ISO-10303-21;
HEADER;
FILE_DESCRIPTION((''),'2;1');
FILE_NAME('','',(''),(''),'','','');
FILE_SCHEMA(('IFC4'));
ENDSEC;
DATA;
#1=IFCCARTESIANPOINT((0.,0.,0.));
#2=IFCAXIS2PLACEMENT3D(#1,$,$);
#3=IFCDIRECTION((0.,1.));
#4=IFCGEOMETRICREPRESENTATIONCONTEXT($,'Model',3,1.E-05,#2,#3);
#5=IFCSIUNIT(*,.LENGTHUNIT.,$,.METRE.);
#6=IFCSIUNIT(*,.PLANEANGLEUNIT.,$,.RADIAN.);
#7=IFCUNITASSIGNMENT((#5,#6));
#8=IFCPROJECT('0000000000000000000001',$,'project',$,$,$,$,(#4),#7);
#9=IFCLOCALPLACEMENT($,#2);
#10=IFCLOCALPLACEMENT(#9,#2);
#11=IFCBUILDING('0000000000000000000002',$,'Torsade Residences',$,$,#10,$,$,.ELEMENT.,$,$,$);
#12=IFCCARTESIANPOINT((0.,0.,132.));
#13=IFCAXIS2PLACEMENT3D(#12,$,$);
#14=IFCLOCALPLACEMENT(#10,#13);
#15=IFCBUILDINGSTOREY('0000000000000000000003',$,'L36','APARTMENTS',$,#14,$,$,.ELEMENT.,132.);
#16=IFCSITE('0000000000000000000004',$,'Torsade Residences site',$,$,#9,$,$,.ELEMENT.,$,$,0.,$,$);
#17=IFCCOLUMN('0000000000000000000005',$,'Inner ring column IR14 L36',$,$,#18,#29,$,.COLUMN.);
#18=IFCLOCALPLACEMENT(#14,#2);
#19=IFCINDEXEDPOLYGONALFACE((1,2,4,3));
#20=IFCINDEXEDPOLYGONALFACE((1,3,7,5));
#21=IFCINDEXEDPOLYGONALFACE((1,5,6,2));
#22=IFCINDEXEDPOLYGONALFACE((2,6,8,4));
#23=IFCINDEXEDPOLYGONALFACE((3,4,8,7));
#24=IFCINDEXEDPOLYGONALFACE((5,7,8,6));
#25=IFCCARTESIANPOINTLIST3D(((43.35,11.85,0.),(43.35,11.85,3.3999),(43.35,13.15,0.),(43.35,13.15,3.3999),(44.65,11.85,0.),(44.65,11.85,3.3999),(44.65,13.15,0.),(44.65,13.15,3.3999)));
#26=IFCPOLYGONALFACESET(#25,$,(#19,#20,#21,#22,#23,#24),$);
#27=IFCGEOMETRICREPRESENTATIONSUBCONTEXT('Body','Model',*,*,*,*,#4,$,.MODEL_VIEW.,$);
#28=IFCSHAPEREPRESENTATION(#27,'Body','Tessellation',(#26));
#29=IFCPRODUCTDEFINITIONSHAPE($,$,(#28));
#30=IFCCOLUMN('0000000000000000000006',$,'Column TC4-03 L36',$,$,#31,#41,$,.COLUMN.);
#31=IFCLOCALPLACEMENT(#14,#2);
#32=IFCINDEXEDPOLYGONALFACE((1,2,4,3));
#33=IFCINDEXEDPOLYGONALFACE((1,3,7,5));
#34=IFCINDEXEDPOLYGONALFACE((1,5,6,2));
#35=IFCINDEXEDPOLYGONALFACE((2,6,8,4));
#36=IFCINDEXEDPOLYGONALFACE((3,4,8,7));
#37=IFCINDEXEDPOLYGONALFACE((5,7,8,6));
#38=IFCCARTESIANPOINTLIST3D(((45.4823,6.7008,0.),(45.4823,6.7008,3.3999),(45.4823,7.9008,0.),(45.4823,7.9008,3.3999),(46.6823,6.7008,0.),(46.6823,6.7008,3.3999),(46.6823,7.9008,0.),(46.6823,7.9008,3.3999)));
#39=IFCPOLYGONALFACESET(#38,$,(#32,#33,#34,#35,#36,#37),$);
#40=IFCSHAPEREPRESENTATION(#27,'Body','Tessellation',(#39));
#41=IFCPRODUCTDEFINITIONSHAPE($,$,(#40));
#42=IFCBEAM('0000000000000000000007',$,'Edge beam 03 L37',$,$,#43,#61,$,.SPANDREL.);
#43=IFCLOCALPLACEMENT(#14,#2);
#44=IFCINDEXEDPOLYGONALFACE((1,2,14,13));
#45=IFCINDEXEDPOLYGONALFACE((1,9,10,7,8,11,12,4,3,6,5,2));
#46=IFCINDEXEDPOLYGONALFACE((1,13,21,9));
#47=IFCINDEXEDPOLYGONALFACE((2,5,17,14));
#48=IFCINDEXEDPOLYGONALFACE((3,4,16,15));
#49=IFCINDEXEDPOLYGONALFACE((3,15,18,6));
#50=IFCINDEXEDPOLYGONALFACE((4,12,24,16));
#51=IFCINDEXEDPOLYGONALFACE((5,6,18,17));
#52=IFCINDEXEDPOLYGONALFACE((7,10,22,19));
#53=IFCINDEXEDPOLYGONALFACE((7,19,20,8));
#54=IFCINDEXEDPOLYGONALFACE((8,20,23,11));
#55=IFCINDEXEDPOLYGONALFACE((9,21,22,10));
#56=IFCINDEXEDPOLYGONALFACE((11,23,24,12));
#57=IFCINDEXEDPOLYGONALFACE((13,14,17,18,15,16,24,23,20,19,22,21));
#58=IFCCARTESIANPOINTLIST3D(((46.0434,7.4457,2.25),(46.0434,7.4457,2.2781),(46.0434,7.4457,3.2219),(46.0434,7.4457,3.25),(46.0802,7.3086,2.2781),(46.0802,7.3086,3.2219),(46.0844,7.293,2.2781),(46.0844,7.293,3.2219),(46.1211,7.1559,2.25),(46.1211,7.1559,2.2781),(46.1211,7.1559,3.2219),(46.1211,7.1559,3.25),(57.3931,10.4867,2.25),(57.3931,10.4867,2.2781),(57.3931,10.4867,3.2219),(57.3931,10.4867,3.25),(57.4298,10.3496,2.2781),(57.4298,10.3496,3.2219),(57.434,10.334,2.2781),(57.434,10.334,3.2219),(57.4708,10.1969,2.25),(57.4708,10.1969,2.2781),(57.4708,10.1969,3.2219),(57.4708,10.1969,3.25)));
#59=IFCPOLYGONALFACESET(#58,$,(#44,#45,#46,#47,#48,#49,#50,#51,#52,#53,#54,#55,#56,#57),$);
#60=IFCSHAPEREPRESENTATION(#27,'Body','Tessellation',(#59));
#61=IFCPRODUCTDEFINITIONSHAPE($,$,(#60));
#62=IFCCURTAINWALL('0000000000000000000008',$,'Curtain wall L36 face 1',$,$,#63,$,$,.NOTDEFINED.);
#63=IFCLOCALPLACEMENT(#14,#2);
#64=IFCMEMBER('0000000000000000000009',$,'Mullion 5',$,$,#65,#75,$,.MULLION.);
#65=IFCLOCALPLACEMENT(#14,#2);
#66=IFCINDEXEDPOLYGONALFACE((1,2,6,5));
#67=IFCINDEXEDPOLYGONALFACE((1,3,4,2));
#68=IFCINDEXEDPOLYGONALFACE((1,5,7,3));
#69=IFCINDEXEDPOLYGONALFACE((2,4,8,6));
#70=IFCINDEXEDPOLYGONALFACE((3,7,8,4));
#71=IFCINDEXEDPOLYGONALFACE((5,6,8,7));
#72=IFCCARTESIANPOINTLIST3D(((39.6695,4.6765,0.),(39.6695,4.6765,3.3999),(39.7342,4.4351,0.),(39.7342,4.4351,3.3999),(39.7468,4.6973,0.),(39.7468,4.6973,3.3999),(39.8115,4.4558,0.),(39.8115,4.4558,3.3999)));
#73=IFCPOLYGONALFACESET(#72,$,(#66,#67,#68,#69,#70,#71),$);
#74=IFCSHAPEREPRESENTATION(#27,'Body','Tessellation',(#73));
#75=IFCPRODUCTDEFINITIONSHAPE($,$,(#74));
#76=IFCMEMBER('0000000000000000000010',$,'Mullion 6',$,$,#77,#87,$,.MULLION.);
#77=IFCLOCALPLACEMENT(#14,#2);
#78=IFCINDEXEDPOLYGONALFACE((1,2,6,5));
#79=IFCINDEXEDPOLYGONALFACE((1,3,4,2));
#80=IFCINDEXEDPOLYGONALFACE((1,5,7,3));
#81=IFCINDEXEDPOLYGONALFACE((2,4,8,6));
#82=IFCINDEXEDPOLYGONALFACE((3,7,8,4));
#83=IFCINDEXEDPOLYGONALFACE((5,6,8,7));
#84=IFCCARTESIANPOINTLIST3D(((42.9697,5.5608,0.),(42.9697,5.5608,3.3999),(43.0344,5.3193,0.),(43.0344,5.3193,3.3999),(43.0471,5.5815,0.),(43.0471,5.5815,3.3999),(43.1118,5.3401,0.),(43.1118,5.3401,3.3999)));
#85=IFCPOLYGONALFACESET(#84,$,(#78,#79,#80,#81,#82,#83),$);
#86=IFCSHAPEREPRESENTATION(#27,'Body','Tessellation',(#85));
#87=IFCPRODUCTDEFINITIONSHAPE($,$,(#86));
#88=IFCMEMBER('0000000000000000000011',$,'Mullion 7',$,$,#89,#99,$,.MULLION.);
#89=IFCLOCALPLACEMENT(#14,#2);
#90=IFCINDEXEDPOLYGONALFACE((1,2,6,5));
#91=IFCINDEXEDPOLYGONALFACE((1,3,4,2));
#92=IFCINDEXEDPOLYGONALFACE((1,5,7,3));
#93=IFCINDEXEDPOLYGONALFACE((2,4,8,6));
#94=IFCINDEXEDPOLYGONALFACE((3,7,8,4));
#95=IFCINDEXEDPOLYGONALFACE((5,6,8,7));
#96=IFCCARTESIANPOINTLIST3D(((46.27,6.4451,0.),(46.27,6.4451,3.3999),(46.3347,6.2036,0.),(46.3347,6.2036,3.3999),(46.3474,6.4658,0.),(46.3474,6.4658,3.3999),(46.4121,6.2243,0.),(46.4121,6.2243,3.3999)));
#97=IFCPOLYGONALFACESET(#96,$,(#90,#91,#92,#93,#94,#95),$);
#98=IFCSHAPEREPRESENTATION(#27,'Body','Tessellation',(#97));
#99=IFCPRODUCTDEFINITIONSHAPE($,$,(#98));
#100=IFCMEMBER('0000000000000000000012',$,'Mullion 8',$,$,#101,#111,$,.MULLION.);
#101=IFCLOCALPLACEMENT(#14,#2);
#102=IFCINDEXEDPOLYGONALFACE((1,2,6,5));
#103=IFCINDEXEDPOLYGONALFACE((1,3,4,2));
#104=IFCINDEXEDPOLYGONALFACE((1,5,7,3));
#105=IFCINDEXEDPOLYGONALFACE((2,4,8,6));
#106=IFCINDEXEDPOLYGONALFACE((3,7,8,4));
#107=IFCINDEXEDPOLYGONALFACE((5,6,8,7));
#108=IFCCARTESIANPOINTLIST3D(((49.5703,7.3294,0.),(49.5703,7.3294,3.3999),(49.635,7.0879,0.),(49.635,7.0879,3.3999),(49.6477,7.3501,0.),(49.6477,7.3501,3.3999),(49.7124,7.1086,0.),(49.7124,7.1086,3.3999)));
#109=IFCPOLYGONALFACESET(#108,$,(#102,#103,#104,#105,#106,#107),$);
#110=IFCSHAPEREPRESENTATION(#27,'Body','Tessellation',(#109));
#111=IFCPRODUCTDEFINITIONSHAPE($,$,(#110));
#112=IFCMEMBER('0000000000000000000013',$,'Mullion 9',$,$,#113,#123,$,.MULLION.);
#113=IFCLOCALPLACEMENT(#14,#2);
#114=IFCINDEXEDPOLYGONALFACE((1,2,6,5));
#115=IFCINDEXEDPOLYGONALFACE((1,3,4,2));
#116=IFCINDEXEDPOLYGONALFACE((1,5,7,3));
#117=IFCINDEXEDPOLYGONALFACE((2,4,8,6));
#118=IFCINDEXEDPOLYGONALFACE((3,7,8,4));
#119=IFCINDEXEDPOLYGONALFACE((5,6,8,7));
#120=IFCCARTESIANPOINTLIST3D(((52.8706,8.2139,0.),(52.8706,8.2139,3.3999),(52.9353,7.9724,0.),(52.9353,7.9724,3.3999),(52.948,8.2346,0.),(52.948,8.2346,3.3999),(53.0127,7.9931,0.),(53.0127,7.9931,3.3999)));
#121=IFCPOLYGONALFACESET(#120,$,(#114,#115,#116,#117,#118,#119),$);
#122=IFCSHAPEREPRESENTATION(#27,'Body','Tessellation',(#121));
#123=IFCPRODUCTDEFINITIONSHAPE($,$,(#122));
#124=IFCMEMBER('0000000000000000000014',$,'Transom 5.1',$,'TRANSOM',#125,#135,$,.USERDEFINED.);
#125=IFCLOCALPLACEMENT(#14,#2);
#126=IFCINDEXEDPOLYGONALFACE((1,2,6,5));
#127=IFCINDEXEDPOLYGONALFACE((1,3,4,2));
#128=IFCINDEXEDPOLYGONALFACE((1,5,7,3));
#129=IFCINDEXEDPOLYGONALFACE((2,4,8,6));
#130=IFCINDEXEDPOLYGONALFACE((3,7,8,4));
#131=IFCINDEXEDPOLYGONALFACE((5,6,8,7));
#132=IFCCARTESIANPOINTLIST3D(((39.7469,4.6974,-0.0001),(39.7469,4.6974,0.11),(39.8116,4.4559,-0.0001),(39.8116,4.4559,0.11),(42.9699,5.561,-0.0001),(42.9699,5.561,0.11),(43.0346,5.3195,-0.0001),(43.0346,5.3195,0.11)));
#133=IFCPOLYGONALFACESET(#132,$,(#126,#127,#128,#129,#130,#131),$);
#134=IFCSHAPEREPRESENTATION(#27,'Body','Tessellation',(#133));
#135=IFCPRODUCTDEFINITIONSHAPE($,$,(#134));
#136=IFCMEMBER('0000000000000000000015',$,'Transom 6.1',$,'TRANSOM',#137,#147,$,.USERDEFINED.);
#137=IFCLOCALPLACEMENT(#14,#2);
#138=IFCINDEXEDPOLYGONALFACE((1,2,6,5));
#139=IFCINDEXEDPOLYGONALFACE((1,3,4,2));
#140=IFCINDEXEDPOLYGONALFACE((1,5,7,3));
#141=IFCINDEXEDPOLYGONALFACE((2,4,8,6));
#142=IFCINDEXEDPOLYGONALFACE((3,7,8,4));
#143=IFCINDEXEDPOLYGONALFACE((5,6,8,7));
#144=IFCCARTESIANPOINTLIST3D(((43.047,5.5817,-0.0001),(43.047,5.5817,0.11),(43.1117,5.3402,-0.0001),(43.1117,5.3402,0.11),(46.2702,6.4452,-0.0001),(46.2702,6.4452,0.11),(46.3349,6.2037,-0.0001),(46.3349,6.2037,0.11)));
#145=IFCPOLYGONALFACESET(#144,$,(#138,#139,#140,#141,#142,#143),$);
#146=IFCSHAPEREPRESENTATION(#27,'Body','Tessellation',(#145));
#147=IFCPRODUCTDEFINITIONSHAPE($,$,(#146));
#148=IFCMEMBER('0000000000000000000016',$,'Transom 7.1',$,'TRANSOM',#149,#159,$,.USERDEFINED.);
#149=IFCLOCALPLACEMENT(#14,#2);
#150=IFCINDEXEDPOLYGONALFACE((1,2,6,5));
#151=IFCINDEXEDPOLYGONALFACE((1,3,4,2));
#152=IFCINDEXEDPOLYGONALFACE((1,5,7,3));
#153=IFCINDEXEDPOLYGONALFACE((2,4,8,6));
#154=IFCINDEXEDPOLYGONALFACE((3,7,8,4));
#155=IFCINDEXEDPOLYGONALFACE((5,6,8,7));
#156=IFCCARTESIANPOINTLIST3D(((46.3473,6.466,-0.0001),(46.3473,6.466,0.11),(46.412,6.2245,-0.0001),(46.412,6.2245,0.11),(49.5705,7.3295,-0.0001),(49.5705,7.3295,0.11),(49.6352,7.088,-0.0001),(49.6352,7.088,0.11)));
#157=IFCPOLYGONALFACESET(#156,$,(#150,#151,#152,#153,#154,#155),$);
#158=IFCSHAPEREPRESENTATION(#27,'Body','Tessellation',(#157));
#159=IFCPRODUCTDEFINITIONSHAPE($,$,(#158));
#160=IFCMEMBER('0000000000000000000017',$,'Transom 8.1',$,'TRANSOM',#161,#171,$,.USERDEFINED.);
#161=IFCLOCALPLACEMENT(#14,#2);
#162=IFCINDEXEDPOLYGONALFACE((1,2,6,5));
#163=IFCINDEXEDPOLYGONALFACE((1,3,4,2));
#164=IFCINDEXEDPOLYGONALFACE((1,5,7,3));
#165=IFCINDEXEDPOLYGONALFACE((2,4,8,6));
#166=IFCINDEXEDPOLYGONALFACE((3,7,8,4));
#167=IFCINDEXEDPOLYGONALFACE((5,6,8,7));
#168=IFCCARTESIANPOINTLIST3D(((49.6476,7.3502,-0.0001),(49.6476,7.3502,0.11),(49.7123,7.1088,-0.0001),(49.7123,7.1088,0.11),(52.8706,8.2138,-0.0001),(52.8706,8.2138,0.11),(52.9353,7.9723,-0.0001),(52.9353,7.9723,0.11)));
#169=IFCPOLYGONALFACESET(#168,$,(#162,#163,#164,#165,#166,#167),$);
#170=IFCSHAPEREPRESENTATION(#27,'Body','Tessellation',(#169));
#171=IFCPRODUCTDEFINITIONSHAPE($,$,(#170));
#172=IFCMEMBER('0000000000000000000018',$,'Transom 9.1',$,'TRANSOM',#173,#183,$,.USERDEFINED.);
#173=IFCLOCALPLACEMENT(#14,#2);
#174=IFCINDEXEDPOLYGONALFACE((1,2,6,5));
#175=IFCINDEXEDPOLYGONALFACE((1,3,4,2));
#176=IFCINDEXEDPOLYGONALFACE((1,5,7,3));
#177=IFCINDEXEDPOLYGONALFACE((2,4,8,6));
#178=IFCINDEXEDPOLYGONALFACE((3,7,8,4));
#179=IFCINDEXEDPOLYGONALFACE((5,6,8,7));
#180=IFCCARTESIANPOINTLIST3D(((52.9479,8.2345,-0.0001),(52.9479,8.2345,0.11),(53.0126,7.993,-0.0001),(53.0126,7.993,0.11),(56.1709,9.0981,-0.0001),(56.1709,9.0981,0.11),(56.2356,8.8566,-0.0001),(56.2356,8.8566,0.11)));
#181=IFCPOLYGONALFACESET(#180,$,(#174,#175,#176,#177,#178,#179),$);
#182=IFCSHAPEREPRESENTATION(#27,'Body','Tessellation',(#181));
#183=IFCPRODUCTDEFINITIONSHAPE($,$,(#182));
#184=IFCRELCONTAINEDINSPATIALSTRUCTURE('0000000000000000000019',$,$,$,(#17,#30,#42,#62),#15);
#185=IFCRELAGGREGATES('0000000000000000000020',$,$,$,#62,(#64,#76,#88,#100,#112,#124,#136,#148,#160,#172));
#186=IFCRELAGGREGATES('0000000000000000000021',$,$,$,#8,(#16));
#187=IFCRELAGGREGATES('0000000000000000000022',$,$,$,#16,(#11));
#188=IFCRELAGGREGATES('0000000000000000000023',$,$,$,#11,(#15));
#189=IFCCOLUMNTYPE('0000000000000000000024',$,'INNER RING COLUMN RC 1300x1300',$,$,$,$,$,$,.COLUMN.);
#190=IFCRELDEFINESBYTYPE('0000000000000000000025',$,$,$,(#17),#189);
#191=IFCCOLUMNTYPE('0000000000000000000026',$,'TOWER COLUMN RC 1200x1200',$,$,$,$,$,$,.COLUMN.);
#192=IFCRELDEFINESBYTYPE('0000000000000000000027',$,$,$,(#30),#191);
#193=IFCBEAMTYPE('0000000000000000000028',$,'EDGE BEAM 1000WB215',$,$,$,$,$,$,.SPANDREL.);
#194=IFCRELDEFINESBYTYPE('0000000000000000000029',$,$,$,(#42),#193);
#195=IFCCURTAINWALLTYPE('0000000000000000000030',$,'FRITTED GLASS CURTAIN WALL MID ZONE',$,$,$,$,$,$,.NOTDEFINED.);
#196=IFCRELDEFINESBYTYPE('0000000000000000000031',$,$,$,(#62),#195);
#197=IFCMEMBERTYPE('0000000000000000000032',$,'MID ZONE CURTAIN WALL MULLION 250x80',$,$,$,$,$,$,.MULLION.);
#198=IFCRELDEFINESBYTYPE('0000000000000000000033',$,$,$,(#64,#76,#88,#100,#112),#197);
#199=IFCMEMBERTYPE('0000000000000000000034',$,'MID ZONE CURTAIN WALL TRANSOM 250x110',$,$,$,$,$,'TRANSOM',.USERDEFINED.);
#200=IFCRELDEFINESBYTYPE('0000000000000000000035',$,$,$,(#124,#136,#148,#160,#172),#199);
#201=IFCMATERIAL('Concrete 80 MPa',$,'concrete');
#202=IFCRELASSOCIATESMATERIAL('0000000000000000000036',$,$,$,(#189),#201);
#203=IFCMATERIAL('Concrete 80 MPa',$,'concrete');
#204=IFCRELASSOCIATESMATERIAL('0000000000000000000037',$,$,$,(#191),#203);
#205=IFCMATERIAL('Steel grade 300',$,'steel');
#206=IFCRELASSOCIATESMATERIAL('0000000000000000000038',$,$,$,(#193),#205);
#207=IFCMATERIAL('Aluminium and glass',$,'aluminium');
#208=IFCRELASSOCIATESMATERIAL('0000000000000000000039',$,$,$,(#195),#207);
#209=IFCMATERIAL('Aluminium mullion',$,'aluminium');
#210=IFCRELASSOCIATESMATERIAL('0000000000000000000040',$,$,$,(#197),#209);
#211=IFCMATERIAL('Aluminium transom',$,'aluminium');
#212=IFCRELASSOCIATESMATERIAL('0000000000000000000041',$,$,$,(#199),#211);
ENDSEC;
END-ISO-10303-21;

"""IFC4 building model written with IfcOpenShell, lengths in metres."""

from ifc_helpers import new_model, si_unit, direction, frame, origin, origin_2d, place, context, subcontext, project, spatial, rectangle, i_section, extrude, material, material_profile, profile_set, type_object, element, aggregate, save


model = new_model("IFC4")

# Units and contexts
model_context = context("Model", 3, precision=1e-05, world=origin(), true_north=direction((0.0, 1.0)))
body_context = subcontext(model_context, "Body", "Model", "MODEL_VIEW")
ifc_project = project(units=[si_unit("LENGTHUNIT", "METRE"), si_unit("PLANEANGLEUNIT", "RADIAN")], contexts=[model_context])

# Site, building, storey
site_placement = place(None, origin())
site = spatial("IfcSite", under=ifc_project, at=site_placement, Name="Torsade Residences site", CompositionType="ELEMENT", RefElevation=0.0)
building_placement = place(site_placement, origin())
building = spatial("IfcBuilding", under=site, at=building_placement, Name="Torsade Residences", CompositionType="ELEMENT")
storey_placement = place(building_placement, frame((0.0, 0.0, 132.0)))
storey = spatial("IfcBuildingStorey", under=building, at=storey_placement, Name="L36", Description="APARTMENTS", CompositionType="ELEMENT", Elevation=132.0)

# Columns
ifc_material_1 = material(Name="Concrete 80 MPa", Category="concrete")
ifc_material_profile_1 = material_profile(ifc_material_1, rectangle(XDim=1.3, YDim=1.3, at=origin_2d()), Name="RC 1300x1300")
ifc_profile_set_1 = profile_set([ifc_material_profile_1], Name="Concrete 80 MPa")
column_type_1 = type_object("IfcColumnType", Name="INNER RING COLUMN RC 1300x1300", PredefinedType="COLUMN", material=ifc_profile_set_1)
column_1_placement = place(storey_placement, frame((44.0, 12.5, 0.0), z_axis=(0.0, 0.0, 1.0), x_axis=(1.0, 0.0, 0.0)))
element("IfcColumn", 1, at=column_1_placement, inside=storey, type_object=column_type_1, Name="Inner ring column IR14 L36", PredefinedType="COLUMN", context=body_context, shape_type="SweptSolid", body=[
    extrude(rectangle(XDim=1.3, YDim=1.3, at=origin_2d()), origin(), (0.0, 0.0, 1.0), 3.3999),
])
ifc_material_2 = material(Name="Concrete 80 MPa", Category="concrete")
ifc_material_profile_2 = material_profile(ifc_material_2, rectangle(XDim=1.2, YDim=1.2, at=origin_2d()), Name="RC 1200x1200")
ifc_profile_set_2 = profile_set([ifc_material_profile_2], Name="Concrete 80 MPa")
column_type_2 = type_object("IfcColumnType", Name="TOWER COLUMN RC 1200x1200", PredefinedType="COLUMN", material=ifc_profile_set_2)
column_2_placement = place(storey_placement, frame((46.0823, 7.3008, 0.0), z_axis=(0.0, 0.0, 1.0), x_axis=(1.0, 0.0, 0.0)))
element("IfcColumn", 2, at=column_2_placement, inside=storey, type_object=column_type_2, Name="Column TC4-03 L36", PredefinedType="COLUMN", context=body_context, shape_type="SweptSolid", body=[
    extrude(rectangle(XDim=1.2, YDim=1.2, at=origin_2d()), origin(), (0.0, 0.0, 1.0), 3.3999),
])

# Beam
ifc_material_3 = material(Name="Steel grade 300", Category="steel")
ifc_material_profile_3 = material_profile(ifc_material_3, i_section(OverallWidth=0.3, OverallDepth=1.0, WebThickness=0.0161, FlangeThickness=0.0281, at=origin_2d()), Name="1000WB215")
ifc_profile_set_3 = profile_set([ifc_material_profile_3], Name="Steel grade 300")
beam_type_1 = type_object("IfcBeamType", Name="EDGE BEAM 1000WB215", PredefinedType="SPANDREL", material=ifc_profile_set_3)
beam_1_placement = place(storey_placement, frame((46.0823, 7.3008, 2.75), z_axis=(0.965928, 0.258811, 0.0), x_axis=(-0.258811, 0.965928, 0.0)))
element("IfcBeam", 3, at=beam_1_placement, inside=storey, type_object=beam_type_1, Name="Edge beam 03 L37", PredefinedType="SPANDREL", context=body_context, shape_type="SweptSolid", body=[
    extrude(i_section(OverallWidth=0.3, OverallDepth=1.0, WebThickness=0.0161, FlangeThickness=0.0281, at=origin_2d()), origin(), (0.0, 0.0, 1.0), 11.75),
])

# Curtain wall, members
ifc_material_4 = material(Name="Aluminium and glass", Category="aluminium")
curtain_wall_type = type_object("IfcCurtainWallType", Name="FRITTED GLASS CURTAIN WALL MID ZONE", PredefinedType="NOTDEFINED", material=ifc_material_4)
curtain_wall_placement = place(storey_placement, origin())
curtain_wall = element("IfcCurtainWall", 4, at=curtain_wall_placement, inside=storey, type_object=curtain_wall_type, Name="Curtain wall L36 face 1", PredefinedType="NOTDEFINED")
ifc_material_5 = material(Name="Aluminium mullion", Category="aluminium")
ifc_material_profile_4 = material_profile(ifc_material_5, rectangle(XDim=0.25, YDim=0.0801, at=origin_2d()), Name="MID ZONE CURTAIN WALL MULLION 250x80")
ifc_profile_set_4 = profile_set([ifc_material_profile_4], Name="Aluminium mullion")
member_type_1 = type_object("IfcMemberType", Name="MID ZONE CURTAIN WALL MULLION 250x80", PredefinedType="MULLION", material=ifc_profile_set_4)
member_1_placement = place(storey_placement, frame((39.7405, 4.5662, 0.0), z_axis=(0.0, 0.0, 1.0), x_axis=(-0.258819, 0.965926, 0.0)))
member_1 = element("IfcMember", 5, at=member_1_placement, type_object=member_type_1, Name="Mullion 5", PredefinedType="MULLION", context=body_context, shape_type="SweptSolid", body=[
    extrude(rectangle(XDim=0.25, YDim=0.0801, at=origin_2d()), origin(), (0.0, 0.0, 1.0), 3.3999),
])
member_2_placement = place(storey_placement, frame((43.0408, 5.4504, 0.0), z_axis=(0.0, 0.0, 1.0), x_axis=(-0.258819, 0.965926, 0.0)))
member_2 = element("IfcMember", 6, at=member_2_placement, type_object=member_type_1, Name="Mullion 6", PredefinedType="MULLION", context=body_context, shape_type="SweptSolid", body=[
    extrude(rectangle(XDim=0.25, YDim=0.0801, at=origin_2d()), origin(), (0.0, 0.0, 1.0), 3.3999),
])
member_3_placement = place(storey_placement, frame((46.3411, 6.3347, 0.0), z_axis=(0.0, 0.0, 1.0), x_axis=(-0.258819, 0.965926, 0.0)))
member_3 = element("IfcMember", 7, at=member_3_placement, type_object=member_type_1, Name="Mullion 7", PredefinedType="MULLION", context=body_context, shape_type="SweptSolid", body=[
    extrude(rectangle(XDim=0.25, YDim=0.0801, at=origin_2d()), origin(), (0.0, 0.0, 1.0), 3.3999),
])
member_4_placement = place(storey_placement, frame((49.6414, 7.219, 0.0), z_axis=(0.0, 0.0, 1.0), x_axis=(-0.258819, 0.965926, 0.0)))
member_4 = element("IfcMember", 8, at=member_4_placement, type_object=member_type_1, Name="Mullion 8", PredefinedType="MULLION", context=body_context, shape_type="SweptSolid", body=[
    extrude(rectangle(XDim=0.25, YDim=0.0801, at=origin_2d()), origin(), (0.0, 0.0, 1.0), 3.3999),
])
member_5_placement = place(storey_placement, frame((52.9417, 8.1035, 0.0), z_axis=(0.0, 0.0, 1.0), x_axis=(-0.258819, 0.965926, 0.0)))
member_5 = element("IfcMember", 9, at=member_5_placement, type_object=member_type_1, Name="Mullion 9", PredefinedType="MULLION", context=body_context, shape_type="SweptSolid", body=[
    extrude(rectangle(XDim=0.25, YDim=0.0801, at=origin_2d()), origin(), (0.0, 0.0, 1.0), 3.3999),
])
ifc_material_6 = material(Name="Aluminium transom", Category="aluminium")
ifc_material_profile_5 = material_profile(ifc_material_6, rectangle(XDim=0.25, YDim=0.1101, at=origin_2d()), Name="MID ZONE CURTAIN WALL TRANSOM 250x110")
ifc_profile_set_5 = profile_set([ifc_material_profile_5], Name="Aluminium transom")
member_type_2 = type_object("IfcMemberType", Name="MID ZONE CURTAIN WALL TRANSOM 250x110", ElementType="TRANSOM", PredefinedType="USERDEFINED", material=ifc_profile_set_5)
member_6_placement = place(storey_placement, frame((39.7793, 4.5767, 0.0549), z_axis=(0.965929, 0.258806, 0.0), x_axis=(-0.258806, 0.965929, 0.0)))
member_6 = element("IfcMember", 10, at=member_6_placement, type_object=member_type_2, Name="Transom 5.1", ObjectType="TRANSOM", PredefinedType="USERDEFINED", context=body_context, shape_type="SweptSolid", body=[
    extrude(rectangle(XDim=0.25, YDim=0.1101, at=origin_2d()), origin(), (0.0, 0.0, 1.0), 3.3367),
])
member_7_placement = place(storey_placement, frame((43.0793, 5.4609, 0.0549), z_axis=(0.965934, 0.258787, 0.0), x_axis=(-0.258787, 0.965934, 0.0)))
member_7 = element("IfcMember", 11, at=member_7_placement, type_object=member_type_2, Name="Transom 6.1", ObjectType="TRANSOM", PredefinedType="USERDEFINED", context=body_context, shape_type="SweptSolid", body=[
    extrude(rectangle(XDim=0.25, YDim=0.1101, at=origin_2d()), origin(), (0.0, 0.0, 1.0), 3.3369),
])
member_8_placement = place(storey_placement, frame((46.3796, 6.3452, 0.0549), z_axis=(0.965934, 0.258787, 0.0), x_axis=(-0.258787, 0.965934, 0.0)))
member_8 = element("IfcMember", 12, at=member_8_placement, type_object=member_type_2, Name="Transom 7.1", ObjectType="TRANSOM", PredefinedType="USERDEFINED", context=body_context, shape_type="SweptSolid", body=[
    extrude(rectangle(XDim=0.25, YDim=0.1101, at=origin_2d()), origin(), (0.0, 0.0, 1.0), 3.3369),
])
member_9_placement = place(storey_placement, frame((49.6799, 7.2295, 0.0549), z_axis=(0.965929, 0.258806, 0.0), x_axis=(-0.258806, 0.965929, 0.0)))
member_9 = element("IfcMember", 13, at=member_9_placement, type_object=member_type_2, Name="Transom 8.1", ObjectType="TRANSOM", PredefinedType="USERDEFINED", context=body_context, shape_type="SweptSolid", body=[
    extrude(rectangle(XDim=0.25, YDim=0.1101, at=origin_2d()), origin(), (0.0, 0.0, 1.0), 3.3367),
])
member_10_placement = place(storey_placement, frame((52.9802, 8.1138, 0.0549), z_axis=(0.965929, 0.258806, 0.0), x_axis=(-0.258806, 0.965929, 0.0)))
member_10 = element("IfcMember", 14, at=member_10_placement, type_object=member_type_2, Name="Transom 9.1", ObjectType="TRANSOM", PredefinedType="USERDEFINED", context=body_context, shape_type="SweptSolid", body=[
    extrude(rectangle(XDim=0.25, YDim=0.1101, at=origin_2d()), origin(), (0.0, 0.0, 1.0), 3.3367),
])

aggregate(curtain_wall, [member_1, member_2, member_3, member_4, member_5, member_6, member_7, member_8, member_9, member_10])

save(model, "model.ifc")
